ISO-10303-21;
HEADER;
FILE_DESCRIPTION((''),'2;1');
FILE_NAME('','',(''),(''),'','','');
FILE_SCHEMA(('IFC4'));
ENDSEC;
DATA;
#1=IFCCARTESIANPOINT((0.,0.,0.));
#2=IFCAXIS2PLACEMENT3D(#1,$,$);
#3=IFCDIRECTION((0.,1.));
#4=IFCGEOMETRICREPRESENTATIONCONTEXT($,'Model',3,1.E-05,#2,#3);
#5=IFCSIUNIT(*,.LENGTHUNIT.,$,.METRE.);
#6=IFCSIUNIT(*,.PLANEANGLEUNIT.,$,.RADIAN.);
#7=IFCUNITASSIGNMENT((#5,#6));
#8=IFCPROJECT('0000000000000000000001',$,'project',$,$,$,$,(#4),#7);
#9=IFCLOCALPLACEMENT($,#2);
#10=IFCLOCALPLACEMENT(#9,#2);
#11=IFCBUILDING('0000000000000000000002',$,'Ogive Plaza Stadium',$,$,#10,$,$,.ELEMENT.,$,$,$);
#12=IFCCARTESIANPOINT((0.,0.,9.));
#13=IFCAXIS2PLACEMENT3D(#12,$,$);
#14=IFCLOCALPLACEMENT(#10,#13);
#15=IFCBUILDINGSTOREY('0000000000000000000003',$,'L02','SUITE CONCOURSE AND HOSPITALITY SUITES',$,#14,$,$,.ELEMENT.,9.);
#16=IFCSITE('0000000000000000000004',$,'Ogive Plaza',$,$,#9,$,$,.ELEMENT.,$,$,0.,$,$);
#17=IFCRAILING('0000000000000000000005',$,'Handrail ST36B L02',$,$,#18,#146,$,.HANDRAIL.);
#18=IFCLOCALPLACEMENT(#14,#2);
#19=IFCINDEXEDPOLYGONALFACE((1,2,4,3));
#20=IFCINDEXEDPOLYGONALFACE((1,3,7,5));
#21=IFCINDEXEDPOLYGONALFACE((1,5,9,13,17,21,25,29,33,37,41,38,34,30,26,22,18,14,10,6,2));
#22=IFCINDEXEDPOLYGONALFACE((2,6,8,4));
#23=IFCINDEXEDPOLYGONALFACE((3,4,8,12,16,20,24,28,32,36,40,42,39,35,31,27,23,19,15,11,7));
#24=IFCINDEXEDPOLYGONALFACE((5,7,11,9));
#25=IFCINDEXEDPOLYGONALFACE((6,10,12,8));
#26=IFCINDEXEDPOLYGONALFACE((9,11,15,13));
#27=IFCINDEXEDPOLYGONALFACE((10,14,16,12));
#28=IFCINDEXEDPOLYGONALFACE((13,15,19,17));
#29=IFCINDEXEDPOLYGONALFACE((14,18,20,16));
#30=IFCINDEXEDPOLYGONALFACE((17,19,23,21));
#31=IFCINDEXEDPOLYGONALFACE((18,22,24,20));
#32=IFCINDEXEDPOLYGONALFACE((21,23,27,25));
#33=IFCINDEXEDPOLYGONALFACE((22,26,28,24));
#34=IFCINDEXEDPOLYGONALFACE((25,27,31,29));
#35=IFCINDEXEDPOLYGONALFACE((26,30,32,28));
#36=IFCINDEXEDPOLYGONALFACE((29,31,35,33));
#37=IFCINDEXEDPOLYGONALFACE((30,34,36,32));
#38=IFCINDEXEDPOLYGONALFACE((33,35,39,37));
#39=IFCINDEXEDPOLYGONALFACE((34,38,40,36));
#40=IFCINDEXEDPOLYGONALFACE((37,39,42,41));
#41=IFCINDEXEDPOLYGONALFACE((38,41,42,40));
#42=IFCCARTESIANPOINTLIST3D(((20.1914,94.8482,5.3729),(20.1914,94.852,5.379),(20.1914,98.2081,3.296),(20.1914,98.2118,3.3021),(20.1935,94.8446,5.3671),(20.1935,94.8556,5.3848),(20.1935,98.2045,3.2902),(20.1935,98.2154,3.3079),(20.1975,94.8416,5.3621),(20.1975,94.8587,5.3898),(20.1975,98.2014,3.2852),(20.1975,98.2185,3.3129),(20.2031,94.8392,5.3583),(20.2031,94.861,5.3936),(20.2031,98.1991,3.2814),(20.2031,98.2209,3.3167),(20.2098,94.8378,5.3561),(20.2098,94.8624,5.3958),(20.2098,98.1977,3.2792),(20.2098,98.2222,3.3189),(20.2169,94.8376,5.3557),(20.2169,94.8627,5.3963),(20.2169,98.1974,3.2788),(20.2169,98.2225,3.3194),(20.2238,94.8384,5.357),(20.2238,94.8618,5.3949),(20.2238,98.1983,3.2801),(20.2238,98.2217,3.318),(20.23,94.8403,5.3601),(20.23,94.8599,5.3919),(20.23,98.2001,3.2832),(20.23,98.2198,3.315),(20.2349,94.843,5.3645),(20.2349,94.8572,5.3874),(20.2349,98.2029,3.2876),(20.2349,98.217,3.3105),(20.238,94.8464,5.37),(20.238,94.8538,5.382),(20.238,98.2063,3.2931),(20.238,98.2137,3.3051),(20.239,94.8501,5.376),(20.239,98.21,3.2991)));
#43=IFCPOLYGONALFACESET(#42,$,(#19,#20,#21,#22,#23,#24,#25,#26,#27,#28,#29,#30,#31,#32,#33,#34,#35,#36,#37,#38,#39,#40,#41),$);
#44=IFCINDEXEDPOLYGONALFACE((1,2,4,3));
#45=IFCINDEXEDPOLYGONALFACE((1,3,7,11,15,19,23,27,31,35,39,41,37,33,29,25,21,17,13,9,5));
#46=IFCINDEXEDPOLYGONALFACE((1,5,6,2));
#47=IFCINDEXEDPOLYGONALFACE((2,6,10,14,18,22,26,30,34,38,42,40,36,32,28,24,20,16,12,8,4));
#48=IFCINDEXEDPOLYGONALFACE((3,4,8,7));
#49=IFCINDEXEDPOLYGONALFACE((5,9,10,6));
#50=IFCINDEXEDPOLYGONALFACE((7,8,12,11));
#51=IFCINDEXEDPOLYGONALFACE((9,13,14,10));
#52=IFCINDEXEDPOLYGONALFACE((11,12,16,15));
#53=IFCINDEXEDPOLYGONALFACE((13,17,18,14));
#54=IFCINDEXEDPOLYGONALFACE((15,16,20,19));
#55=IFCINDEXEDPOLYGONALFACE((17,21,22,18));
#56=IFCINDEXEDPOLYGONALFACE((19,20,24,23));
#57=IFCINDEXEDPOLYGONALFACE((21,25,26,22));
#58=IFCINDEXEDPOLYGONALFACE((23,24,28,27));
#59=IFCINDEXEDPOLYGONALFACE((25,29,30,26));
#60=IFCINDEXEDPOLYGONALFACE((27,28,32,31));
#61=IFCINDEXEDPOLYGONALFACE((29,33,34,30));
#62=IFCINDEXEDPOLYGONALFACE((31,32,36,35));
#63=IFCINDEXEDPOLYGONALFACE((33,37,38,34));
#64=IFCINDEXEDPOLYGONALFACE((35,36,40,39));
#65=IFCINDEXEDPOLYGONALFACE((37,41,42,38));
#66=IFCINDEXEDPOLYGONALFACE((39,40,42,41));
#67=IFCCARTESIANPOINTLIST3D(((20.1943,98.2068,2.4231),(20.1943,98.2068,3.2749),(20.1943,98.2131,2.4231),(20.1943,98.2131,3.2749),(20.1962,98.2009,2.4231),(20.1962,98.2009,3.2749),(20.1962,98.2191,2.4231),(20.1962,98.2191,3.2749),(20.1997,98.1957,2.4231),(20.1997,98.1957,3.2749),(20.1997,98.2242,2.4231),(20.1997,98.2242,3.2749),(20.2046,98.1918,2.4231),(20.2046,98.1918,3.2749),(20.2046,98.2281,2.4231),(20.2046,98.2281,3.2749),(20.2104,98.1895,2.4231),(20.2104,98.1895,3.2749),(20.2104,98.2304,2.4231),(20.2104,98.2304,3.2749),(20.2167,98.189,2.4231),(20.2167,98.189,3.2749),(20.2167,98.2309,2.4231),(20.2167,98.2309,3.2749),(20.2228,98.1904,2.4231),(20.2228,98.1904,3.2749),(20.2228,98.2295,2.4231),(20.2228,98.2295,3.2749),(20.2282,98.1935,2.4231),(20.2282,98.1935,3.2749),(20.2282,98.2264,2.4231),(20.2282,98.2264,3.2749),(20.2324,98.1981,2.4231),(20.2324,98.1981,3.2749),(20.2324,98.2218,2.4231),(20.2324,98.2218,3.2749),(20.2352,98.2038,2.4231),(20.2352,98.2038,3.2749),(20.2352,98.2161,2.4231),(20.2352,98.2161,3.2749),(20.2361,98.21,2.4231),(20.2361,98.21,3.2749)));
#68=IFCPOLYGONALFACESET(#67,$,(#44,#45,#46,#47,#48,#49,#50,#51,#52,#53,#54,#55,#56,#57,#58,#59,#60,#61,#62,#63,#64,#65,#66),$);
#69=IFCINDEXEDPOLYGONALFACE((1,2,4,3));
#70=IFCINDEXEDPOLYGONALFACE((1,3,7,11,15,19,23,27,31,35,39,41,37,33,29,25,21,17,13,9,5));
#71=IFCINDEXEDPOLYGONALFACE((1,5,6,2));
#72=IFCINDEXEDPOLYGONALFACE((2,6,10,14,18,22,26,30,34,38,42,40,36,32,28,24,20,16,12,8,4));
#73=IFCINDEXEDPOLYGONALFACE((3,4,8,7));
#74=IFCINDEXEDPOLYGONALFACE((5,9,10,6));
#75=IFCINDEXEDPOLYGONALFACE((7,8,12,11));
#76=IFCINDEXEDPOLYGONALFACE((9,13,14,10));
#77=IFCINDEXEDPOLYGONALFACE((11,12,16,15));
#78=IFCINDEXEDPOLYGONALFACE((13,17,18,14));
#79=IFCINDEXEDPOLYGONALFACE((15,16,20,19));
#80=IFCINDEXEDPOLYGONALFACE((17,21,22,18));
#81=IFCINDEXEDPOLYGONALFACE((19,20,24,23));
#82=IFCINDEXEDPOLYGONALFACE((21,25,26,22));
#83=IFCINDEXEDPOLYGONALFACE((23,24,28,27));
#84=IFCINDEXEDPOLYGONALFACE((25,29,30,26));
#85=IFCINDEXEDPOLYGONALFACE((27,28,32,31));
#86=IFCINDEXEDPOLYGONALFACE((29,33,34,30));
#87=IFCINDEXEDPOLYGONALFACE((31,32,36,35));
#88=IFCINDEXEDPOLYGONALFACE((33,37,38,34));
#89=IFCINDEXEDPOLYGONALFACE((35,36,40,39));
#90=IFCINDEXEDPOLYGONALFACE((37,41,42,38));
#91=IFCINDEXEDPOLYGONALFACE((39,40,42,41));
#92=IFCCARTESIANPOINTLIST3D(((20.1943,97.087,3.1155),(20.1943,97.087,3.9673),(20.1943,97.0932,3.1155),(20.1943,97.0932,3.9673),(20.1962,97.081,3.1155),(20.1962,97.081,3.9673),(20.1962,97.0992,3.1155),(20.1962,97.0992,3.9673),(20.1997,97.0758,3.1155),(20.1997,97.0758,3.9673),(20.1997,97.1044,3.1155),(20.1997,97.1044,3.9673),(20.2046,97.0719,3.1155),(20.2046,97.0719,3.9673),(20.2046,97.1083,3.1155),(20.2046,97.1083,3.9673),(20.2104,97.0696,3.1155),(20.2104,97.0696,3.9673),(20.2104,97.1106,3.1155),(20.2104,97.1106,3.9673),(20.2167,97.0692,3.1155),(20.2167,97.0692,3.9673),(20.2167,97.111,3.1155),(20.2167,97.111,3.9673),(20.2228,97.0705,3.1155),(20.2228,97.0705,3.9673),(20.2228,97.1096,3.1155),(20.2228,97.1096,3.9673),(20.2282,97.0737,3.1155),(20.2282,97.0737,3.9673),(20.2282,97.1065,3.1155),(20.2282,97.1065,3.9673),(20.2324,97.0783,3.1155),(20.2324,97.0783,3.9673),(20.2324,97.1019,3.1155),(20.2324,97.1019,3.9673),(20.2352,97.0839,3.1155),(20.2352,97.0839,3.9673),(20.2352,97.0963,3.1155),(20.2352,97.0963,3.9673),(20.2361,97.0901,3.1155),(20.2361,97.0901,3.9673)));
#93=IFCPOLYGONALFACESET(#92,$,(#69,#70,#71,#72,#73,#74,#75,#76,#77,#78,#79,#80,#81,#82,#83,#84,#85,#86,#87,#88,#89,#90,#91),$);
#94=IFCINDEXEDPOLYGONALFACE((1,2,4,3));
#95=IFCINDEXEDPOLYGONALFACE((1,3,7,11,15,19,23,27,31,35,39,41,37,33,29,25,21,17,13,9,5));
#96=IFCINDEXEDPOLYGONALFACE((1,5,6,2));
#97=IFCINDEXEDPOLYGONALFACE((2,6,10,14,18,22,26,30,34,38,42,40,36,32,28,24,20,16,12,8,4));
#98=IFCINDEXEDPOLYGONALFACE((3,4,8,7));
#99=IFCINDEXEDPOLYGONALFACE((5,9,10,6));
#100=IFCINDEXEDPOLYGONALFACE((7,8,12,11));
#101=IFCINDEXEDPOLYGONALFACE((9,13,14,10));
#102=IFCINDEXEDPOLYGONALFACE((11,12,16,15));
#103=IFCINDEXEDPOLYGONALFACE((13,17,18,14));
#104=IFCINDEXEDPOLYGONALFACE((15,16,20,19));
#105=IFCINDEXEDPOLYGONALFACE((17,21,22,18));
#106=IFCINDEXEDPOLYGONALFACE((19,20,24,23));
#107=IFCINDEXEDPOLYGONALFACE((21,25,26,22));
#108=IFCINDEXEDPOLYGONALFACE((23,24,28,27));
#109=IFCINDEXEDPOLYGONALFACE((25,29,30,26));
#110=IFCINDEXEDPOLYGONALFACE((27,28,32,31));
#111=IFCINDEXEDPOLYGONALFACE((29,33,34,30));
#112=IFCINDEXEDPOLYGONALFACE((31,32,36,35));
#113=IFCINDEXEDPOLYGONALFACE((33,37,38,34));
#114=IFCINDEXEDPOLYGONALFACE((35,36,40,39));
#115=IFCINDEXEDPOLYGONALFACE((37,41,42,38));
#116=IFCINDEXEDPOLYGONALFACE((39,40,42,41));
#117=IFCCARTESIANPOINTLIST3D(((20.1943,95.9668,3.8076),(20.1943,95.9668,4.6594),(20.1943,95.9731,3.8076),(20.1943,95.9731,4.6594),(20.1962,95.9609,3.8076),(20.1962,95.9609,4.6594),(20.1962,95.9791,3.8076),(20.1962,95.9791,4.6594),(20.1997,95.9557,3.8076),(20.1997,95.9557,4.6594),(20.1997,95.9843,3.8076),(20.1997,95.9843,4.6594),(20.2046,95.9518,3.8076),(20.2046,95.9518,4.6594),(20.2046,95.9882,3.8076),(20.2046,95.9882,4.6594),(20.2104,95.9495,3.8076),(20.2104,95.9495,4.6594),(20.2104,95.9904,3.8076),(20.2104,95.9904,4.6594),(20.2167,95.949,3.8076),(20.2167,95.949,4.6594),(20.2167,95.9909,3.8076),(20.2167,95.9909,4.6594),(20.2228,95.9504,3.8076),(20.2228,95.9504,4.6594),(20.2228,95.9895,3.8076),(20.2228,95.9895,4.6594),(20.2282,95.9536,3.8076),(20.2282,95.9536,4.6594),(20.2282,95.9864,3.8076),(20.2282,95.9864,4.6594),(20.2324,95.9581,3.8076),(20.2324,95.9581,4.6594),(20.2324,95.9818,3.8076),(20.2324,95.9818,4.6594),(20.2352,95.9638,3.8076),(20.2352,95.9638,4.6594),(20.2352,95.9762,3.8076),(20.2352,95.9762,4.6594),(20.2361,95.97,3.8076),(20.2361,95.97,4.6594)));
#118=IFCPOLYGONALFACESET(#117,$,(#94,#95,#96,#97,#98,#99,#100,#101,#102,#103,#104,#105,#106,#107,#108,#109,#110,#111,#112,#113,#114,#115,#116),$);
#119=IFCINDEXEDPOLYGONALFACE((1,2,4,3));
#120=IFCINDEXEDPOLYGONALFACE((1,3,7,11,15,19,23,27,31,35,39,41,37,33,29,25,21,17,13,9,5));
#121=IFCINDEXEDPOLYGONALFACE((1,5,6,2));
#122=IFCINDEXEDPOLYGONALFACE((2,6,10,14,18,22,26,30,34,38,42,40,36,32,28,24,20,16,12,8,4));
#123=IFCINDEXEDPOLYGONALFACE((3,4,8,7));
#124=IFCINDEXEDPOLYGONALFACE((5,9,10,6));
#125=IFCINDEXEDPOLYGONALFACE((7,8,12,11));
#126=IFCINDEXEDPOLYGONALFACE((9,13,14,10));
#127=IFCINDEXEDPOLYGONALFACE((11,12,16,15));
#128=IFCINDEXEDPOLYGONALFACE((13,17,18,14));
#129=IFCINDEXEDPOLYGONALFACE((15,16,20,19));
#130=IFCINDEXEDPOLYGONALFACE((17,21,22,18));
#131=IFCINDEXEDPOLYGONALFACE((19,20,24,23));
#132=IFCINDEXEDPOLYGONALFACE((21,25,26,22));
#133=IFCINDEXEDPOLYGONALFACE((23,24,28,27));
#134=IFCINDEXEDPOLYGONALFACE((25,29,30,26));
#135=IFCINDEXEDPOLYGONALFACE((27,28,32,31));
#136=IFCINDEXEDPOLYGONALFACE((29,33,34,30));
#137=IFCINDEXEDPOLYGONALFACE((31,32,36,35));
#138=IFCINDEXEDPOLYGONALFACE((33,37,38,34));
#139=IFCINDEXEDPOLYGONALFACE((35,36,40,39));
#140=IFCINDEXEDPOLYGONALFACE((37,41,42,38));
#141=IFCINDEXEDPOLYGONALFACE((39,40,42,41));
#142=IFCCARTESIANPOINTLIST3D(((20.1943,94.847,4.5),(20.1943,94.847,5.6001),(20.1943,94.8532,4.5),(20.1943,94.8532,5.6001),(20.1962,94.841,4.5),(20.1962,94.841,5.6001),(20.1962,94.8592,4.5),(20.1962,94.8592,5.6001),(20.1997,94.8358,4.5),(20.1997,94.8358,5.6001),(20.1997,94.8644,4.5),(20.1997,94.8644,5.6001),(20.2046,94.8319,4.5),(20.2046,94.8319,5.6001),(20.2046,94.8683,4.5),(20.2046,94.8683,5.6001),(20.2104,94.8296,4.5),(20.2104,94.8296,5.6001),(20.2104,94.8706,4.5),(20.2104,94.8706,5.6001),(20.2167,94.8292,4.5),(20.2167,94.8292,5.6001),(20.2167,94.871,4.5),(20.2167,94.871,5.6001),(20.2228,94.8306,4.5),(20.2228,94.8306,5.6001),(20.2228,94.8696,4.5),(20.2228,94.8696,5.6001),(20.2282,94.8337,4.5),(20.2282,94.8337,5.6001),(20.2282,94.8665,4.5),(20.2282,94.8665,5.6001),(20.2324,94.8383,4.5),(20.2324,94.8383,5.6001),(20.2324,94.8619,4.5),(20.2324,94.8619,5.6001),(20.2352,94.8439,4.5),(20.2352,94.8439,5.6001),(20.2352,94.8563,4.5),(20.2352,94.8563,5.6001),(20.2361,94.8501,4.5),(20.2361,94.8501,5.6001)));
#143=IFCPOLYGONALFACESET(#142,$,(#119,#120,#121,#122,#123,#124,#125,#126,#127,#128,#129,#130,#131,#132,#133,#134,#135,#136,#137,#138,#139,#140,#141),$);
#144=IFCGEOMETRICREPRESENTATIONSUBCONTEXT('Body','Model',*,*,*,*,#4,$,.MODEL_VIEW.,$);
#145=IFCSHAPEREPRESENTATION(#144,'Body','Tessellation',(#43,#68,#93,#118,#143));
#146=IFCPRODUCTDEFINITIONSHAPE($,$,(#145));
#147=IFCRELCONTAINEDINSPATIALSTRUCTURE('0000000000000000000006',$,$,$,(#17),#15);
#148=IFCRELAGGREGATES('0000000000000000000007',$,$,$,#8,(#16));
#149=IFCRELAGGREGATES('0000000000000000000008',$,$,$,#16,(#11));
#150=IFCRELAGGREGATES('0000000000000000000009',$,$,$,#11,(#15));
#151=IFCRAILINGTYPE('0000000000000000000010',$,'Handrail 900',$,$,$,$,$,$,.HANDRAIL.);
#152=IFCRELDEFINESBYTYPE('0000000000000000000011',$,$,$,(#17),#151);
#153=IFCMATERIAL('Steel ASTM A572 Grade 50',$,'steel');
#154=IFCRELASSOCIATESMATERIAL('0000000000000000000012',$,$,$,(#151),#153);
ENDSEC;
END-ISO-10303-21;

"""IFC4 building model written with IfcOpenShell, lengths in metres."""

from ifc_helpers import new_model, si_unit, direction, frame, origin, origin_2d, place, context, subcontext, project, spatial, circle, extrude, material, type_object, element, save


model = new_model("IFC4")

# Units and contexts
model_context = context("Model", 3, precision=1e-05, world=origin(), true_north=direction((0.0, 1.0)))
body_context = subcontext(model_context, "Body", "Model", "MODEL_VIEW")
ifc_project = project(units=[si_unit("LENGTHUNIT", "METRE"), si_unit("PLANEANGLEUNIT", "RADIAN")], contexts=[model_context])

# Site, building, storey
site_placement = place(None, origin())
site = spatial("IfcSite", under=ifc_project, at=site_placement, Name="Ogive Plaza", CompositionType="ELEMENT", RefElevation=0.0)
building_placement = place(site_placement, origin())
building = spatial("IfcBuilding", under=site, at=building_placement, Name="Ogive Plaza Stadium", CompositionType="ELEMENT")
storey_placement = place(building_placement, frame((0.0, 0.0, 9.0)))
storey = spatial("IfcBuildingStorey", under=building, at=storey_placement, Name="L02", Description="SUITE CONCOURSE AND HOSPITALITY SUITES", CompositionType="ELEMENT", Elevation=9.0)

# Railing
ifc_material_1 = material(Name="Steel ASTM A572 Grade 50", Category="steel")
railing_type_1 = type_object("IfcRailingType", Name="Handrail 900", PredefinedType="HANDRAIL", material=ifc_material_1)
for number, where, name in (
    (1, (20.2151, 98.21, 2.4231), "Handrail ST36B L02"),
):
    element("IfcRailing", number, at=place(storey_placement, frame(where)), inside=storey, type_object=railing_type_1, Name=name, PredefinedType="HANDRAIL", context=body_context, shape_type="SweptSolid", body=[
        extrude(circle(Radius=0.0239, at=origin_2d()), frame((0.0, 0.0, 0.876), z_axis=(0.0, -0.850606, 0.525803), x_axis=(1.0, 0.0, 0.0)), (0.0, 0.0, 1.0), 3.95),
        extrude(circle(Radius=0.021, at=origin_2d()), origin(), (0.0, 0.0, 1.0), 0.8518),
        extrude(circle(Radius=0.021, at=origin_2d()), frame((0.0, -1.1199, 0.6924)), (0.0, 0.0, 1.0), 0.8518),
        extrude(circle(Radius=0.021, at=origin_2d()), frame((0.0, -2.24, 1.3845)), (0.0, 0.0, 1.0), 0.8518),
        extrude(circle(Radius=0.021, at=origin_2d()), frame((0.0, -3.3599, 2.0769)), (0.0, 0.0, 1.0), 1.1001),
    ])

save(model, "model.ifc")
